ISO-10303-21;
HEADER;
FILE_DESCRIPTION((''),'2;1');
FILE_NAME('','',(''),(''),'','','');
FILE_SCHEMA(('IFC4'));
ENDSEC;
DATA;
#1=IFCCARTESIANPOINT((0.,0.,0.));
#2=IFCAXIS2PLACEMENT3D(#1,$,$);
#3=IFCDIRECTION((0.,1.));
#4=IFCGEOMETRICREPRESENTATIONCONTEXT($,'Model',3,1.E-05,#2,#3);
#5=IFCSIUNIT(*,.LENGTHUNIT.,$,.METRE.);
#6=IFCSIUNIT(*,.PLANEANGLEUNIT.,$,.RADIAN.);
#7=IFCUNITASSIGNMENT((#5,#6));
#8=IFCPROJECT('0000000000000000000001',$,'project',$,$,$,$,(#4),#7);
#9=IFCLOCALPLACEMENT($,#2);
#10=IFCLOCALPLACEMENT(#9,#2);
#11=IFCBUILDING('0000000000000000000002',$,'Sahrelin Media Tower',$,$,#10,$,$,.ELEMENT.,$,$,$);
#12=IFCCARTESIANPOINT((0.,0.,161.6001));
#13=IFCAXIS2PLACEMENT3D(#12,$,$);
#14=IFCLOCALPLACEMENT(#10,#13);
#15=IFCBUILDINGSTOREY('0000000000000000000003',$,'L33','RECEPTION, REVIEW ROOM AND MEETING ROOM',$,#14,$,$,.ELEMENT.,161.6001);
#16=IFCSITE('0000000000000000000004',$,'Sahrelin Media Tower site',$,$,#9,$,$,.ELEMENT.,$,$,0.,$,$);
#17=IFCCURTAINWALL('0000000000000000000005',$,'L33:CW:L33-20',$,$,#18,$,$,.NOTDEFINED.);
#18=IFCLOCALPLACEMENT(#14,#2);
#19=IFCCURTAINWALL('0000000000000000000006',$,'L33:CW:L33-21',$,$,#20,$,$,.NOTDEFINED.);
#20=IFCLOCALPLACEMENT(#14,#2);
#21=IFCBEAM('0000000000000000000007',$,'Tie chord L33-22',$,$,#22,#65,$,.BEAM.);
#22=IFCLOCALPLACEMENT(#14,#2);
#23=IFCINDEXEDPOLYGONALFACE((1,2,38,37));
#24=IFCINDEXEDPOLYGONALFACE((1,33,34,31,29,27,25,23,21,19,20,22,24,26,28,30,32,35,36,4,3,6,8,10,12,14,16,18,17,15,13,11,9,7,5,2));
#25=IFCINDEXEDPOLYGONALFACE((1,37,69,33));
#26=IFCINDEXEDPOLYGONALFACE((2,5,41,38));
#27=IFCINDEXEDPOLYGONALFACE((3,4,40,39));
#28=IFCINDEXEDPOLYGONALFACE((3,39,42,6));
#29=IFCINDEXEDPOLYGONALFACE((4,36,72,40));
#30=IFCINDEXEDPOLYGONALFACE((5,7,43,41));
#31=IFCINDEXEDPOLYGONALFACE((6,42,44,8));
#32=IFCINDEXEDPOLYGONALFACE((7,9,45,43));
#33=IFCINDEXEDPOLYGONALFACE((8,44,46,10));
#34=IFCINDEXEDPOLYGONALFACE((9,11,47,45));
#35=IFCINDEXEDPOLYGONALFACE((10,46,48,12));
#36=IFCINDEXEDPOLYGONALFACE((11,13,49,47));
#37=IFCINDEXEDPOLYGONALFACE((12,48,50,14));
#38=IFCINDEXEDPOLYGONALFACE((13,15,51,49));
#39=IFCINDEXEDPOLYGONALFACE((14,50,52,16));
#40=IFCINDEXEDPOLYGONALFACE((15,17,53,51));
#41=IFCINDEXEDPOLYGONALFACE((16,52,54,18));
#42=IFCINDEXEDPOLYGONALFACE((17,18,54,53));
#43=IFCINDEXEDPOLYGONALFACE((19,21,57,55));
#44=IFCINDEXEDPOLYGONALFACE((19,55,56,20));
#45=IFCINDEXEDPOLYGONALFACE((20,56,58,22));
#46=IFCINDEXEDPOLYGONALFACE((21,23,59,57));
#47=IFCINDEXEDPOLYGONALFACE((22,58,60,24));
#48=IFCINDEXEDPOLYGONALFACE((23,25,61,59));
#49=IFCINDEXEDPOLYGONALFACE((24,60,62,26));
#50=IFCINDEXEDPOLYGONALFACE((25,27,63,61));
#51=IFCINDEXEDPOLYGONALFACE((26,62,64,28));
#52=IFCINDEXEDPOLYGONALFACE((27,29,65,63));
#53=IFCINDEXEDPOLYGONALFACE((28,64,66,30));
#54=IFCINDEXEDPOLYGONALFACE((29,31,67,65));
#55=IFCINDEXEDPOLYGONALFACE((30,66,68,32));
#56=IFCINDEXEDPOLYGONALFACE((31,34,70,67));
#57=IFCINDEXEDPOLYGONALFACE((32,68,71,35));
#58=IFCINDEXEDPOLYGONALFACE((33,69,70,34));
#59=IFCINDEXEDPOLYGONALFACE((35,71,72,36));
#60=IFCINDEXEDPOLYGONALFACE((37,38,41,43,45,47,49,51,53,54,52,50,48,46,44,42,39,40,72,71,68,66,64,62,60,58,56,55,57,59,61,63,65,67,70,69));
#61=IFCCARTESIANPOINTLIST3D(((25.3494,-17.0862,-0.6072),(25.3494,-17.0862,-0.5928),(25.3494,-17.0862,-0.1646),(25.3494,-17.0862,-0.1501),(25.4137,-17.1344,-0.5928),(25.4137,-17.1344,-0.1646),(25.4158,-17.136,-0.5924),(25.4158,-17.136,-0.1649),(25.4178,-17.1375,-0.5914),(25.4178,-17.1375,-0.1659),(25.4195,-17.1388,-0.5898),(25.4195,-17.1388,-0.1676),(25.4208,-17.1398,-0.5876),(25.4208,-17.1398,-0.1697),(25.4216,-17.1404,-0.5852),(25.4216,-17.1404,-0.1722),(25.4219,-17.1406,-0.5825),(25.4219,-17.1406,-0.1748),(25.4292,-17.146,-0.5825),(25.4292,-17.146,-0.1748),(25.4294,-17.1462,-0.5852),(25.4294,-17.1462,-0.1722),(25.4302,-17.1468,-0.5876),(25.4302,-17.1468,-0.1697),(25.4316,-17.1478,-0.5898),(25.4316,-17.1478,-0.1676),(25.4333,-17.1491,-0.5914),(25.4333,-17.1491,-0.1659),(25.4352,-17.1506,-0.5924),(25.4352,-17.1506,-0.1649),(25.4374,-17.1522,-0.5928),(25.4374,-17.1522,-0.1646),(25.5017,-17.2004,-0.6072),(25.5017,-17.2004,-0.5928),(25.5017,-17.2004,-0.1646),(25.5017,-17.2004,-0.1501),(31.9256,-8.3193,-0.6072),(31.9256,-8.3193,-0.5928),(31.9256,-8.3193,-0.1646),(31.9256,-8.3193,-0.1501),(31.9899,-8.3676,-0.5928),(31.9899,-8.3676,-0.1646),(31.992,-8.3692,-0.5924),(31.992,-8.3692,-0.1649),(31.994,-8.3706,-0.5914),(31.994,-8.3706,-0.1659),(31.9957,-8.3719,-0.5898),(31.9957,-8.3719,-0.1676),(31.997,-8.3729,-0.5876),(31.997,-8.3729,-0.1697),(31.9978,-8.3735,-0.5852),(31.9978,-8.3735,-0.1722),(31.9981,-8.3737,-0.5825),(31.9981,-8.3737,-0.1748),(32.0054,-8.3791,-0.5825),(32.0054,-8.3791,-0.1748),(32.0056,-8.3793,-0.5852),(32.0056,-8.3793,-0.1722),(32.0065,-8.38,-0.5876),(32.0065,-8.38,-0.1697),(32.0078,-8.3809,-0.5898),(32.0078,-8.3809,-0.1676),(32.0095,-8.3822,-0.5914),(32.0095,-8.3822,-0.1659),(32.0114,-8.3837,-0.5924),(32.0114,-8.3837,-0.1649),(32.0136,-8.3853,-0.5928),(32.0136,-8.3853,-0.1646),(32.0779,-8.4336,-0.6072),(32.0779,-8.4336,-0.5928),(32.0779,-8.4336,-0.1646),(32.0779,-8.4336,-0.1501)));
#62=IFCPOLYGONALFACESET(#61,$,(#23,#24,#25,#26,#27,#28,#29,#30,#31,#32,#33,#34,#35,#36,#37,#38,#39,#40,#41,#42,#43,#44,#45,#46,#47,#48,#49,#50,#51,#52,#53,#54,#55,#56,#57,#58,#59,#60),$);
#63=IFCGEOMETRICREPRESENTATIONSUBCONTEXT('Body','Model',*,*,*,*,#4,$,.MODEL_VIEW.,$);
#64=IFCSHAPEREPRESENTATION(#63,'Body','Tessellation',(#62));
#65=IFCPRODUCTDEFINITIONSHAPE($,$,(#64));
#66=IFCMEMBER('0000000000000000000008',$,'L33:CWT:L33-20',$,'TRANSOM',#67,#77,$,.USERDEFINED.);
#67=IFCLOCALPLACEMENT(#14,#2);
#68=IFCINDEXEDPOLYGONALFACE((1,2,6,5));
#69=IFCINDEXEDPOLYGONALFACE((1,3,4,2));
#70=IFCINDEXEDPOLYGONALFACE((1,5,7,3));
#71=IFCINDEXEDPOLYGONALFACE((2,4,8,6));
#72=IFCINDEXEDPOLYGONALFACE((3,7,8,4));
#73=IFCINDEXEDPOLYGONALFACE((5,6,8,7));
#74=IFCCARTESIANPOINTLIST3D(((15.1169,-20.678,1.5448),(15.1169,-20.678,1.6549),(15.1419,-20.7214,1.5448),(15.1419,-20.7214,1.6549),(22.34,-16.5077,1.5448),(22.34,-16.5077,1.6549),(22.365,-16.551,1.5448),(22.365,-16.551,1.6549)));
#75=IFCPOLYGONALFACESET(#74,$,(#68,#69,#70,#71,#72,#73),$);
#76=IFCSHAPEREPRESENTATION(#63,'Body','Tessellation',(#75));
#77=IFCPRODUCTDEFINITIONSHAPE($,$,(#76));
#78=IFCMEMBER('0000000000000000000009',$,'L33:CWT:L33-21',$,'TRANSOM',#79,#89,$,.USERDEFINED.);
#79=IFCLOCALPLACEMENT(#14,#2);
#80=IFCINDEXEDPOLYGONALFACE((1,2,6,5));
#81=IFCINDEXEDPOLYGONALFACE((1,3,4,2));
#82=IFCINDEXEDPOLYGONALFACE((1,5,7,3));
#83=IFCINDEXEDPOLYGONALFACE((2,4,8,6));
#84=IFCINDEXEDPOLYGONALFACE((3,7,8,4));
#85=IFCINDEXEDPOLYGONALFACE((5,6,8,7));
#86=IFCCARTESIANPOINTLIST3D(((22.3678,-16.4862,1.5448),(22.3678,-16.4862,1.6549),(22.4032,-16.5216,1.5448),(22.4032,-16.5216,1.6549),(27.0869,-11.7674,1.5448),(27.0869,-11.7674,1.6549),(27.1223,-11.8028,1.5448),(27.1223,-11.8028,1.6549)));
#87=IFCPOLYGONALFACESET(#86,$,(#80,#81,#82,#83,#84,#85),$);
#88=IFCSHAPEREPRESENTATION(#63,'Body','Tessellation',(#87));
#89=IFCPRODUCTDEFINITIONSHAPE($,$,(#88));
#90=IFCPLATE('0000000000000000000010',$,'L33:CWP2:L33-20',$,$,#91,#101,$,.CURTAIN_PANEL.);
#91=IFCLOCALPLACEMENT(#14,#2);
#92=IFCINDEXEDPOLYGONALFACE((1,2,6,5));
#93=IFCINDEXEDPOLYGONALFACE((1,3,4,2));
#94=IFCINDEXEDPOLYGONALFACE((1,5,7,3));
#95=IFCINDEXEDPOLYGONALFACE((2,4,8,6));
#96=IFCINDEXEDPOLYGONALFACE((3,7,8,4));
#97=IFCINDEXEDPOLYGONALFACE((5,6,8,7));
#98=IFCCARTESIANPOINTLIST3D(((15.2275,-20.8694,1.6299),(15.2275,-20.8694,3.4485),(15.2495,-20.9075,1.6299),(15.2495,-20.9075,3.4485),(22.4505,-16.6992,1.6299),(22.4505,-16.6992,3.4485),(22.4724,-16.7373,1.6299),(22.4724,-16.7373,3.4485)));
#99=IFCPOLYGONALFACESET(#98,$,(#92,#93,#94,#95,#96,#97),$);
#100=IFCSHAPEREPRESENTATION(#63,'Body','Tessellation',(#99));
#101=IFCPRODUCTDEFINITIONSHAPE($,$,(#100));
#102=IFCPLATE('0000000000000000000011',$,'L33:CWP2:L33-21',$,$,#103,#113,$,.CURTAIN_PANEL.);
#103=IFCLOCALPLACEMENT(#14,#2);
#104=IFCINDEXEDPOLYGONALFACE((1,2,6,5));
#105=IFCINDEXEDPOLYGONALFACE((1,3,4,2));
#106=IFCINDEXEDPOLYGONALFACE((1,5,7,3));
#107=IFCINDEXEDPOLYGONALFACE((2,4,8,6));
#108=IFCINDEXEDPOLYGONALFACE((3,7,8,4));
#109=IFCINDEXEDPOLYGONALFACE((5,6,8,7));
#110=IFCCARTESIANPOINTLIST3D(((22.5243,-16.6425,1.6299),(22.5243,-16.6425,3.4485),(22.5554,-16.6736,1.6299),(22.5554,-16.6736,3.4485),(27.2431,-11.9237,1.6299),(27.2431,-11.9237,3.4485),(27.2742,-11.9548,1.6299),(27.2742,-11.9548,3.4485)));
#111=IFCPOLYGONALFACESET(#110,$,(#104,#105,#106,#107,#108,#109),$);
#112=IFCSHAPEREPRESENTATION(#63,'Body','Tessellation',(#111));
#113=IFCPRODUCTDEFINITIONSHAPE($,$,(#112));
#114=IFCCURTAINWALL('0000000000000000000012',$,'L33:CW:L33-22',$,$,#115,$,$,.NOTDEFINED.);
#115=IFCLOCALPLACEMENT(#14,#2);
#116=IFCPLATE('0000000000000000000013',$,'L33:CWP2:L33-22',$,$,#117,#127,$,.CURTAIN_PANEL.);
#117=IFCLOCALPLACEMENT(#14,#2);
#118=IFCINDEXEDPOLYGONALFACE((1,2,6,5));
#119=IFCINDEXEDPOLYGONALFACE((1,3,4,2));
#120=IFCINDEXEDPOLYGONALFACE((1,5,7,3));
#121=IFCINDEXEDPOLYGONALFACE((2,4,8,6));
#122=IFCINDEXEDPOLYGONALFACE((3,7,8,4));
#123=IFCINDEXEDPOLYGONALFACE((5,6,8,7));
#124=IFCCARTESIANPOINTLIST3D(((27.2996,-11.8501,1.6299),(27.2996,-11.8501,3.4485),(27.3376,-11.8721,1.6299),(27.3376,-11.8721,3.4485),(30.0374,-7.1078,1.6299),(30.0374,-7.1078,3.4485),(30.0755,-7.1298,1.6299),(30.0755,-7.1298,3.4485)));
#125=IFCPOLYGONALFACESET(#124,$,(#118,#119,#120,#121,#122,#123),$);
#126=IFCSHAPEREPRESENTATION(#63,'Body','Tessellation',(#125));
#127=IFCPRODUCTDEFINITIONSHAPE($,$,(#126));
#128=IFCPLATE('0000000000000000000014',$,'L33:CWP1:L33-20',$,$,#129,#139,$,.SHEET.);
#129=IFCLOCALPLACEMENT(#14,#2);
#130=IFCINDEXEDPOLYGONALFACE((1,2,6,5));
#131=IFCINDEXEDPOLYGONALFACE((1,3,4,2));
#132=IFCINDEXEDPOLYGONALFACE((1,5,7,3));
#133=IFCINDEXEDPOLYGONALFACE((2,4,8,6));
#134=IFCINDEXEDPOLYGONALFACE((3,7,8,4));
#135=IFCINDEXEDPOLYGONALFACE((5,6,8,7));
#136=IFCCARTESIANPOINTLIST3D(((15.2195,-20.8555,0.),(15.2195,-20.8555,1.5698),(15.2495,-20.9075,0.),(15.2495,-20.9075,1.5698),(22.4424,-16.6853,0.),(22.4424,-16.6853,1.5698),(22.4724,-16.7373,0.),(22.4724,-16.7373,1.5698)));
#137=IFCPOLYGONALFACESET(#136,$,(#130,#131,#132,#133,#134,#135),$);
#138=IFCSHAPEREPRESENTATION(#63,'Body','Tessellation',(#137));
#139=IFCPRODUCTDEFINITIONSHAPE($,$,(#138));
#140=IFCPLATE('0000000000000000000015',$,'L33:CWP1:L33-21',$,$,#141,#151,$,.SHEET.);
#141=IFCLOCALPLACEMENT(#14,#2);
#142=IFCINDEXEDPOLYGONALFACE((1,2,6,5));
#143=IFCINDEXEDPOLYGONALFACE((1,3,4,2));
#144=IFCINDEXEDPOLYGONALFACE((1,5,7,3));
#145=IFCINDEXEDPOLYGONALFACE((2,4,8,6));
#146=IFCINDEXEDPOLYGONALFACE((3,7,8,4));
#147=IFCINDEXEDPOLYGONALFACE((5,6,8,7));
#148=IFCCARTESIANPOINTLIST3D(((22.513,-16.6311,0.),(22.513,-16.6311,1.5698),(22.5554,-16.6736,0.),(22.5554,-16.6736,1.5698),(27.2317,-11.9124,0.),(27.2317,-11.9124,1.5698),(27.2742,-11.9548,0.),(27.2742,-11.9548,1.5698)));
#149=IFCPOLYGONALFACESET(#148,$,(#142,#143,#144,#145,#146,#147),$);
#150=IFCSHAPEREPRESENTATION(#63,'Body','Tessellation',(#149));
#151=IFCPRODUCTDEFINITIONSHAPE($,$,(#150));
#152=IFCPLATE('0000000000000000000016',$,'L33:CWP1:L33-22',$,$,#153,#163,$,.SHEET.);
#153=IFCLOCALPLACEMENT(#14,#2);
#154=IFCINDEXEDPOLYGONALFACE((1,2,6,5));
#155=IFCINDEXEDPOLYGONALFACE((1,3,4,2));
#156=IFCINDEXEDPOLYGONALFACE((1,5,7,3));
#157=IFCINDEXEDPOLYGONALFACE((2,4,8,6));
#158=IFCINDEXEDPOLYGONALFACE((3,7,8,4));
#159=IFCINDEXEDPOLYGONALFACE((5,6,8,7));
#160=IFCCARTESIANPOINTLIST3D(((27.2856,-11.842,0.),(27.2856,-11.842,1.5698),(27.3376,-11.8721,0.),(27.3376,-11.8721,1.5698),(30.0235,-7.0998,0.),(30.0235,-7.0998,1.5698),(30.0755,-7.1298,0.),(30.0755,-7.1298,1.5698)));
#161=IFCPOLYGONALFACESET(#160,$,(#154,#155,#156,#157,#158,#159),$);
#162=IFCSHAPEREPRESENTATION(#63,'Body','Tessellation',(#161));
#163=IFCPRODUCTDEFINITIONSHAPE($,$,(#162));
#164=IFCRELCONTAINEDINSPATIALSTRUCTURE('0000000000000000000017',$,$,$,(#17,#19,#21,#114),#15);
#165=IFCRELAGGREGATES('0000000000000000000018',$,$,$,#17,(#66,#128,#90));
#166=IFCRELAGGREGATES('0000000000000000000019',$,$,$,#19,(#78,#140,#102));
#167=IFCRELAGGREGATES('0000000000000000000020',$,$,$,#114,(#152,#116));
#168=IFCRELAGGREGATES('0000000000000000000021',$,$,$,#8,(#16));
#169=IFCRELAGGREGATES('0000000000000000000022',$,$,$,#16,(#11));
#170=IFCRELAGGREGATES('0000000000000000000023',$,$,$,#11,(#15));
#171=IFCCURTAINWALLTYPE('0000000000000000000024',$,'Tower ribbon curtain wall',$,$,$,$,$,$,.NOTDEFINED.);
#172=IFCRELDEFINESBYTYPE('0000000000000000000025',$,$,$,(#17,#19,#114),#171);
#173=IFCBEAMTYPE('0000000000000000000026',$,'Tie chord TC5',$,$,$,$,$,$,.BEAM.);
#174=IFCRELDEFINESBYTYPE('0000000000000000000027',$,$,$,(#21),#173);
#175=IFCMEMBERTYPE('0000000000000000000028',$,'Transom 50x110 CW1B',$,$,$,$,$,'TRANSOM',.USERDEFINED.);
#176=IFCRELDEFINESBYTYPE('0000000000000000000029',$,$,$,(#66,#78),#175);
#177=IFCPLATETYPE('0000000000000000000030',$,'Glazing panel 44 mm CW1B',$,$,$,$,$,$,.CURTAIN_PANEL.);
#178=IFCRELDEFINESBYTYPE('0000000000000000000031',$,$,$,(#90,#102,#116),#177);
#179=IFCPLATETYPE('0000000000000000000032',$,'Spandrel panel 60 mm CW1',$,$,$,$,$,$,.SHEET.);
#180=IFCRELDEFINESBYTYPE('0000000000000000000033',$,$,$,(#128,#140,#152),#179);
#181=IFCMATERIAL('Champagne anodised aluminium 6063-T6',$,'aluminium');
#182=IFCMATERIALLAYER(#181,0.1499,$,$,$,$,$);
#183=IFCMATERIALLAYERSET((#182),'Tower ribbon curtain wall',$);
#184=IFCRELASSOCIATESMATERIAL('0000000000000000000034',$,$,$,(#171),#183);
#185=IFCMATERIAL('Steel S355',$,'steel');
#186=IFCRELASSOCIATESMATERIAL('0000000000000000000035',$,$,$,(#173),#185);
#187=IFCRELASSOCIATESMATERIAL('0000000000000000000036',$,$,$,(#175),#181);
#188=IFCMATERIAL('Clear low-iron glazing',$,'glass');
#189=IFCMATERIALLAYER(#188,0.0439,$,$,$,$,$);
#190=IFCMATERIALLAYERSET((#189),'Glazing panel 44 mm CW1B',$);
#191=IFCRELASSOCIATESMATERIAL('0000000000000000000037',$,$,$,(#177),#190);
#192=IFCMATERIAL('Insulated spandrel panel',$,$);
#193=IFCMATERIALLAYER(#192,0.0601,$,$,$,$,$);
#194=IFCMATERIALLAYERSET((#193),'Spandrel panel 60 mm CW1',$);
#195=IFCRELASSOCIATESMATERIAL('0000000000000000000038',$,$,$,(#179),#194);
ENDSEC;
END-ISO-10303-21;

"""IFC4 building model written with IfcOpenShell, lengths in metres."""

from ifc_helpers import new_model, si_unit, direction, frame, origin, origin_2d, place, context, subcontext, project, spatial, polyline, rectangle, i_section, outline, extrude, material, layer, layer_set, material_profile, profile_set, type_object, element, aggregate, save


model = new_model("IFC4")

# Units and contexts
model_context = context("Model", 3, precision=1e-05, world=origin(), true_north=direction((0.0, 1.0)))
body_context = subcontext(model_context, "Body", "Model", "MODEL_VIEW")
ifc_project = project(units=[si_unit("LENGTHUNIT", "METRE"), si_unit("PLANEANGLEUNIT", "RADIAN")], contexts=[model_context])

# Site, building, storey
site_placement = place(None, origin())
site = spatial("IfcSite", under=ifc_project, at=site_placement, Name="Sahrelin Media Tower site", CompositionType="ELEMENT", RefElevation=0.0)
building_placement = place(site_placement, origin())
building = spatial("IfcBuilding", under=site, at=building_placement, Name="Sahrelin Media Tower", CompositionType="ELEMENT")
storey_placement = place(building_placement, frame((0.0, 0.0, 161.6001)))
storey = spatial("IfcBuildingStorey", under=building, at=storey_placement, Name="L33", Description="RECEPTION, REVIEW ROOM AND MEETING ROOM", CompositionType="ELEMENT", Elevation=161.6001)

# Shared definitions
ifc_material_1 = material(Name="Steel S355", Category="steel")

# Curtain walls
ifc_material_2 = material(Name="Champagne anodised aluminium 6063-T6", Category="aluminium")
ifc_layer_1 = layer(ifc_material_2, 0.1499)
ifc_layer_set_1 = layer_set([ifc_layer_1], Name="Tower ribbon curtain wall")
curtain_wall_type = type_object("IfcCurtainWallType", Name="Tower ribbon curtain wall", PredefinedType="NOTDEFINED", material=ifc_layer_set_1)
curtain_wall_1_placement = place(storey_placement, frame((18.8511, -18.8049, 0.0), z_axis=(0.0, 0.0, 1.0), x_axis=(1.0, 0.0, 0.0)))
curtain_wall_1 = element("IfcCurtainWall", 1, at=curtain_wall_1_placement, inside=storey, type_object=curtain_wall_type, Name="L33:CW:L33-20", PredefinedType="NOTDEFINED")
curtain_wall_2_placement = place(storey_placement, frame((24.9004, -14.3, 0.0), z_axis=(0.0, 0.0, 1.0), x_axis=(1.0, 0.0, 0.0)))
curtain_wall_2 = element("IfcCurtainWall", 2, at=curtain_wall_2_placement, inside=storey, type_object=curtain_wall_type, Name="L33:CW:L33-21", PredefinedType="NOTDEFINED")

# Beam
ifc_material_profile_1 = material_profile(ifc_material_1, i_section(OverallWidth=0.1904, OverallDepth=0.457, WebThickness=0.009, FlangeThickness=0.0144, FilletRadius=0.0103, at=origin_2d()), Name="UB 457x191x74")
ifc_profile_set_1 = profile_set([ifc_material_profile_1], Name="Steel S355")
beam_type_1 = type_object("IfcBeamType", Name="Tie chord TC5", PredefinedType="BEAM", material=ifc_profile_set_1)
beam_1_placement = place(storey_placement, frame((25.4255, -17.1433, -0.3787), z_axis=(0.600061, 0.799955, 0.0), x_axis=(-0.799955, 0.600061, 0.0)))
element("IfcBeam", 3, at=beam_1_placement, inside=storey, type_object=beam_type_1, Name="Tie chord L33-22", PredefinedType="BEAM", context=body_context, shape_type="SweptSolid", body=[
    extrude(i_section(OverallWidth=0.1904, OverallDepth=0.457, WebThickness=0.009, FlangeThickness=0.0144, FilletRadius=0.0103, at=origin_2d()), origin(), (0.0, 0.0, 1.0), 10.9592),
])

# Members
ifc_material_profile_2 = material_profile(ifc_material_2, rectangle(XDim=0.05, YDim=0.1101, at=origin_2d()), Name="Transom 50x110")
ifc_profile_set_2 = profile_set([ifc_material_profile_2], Name="Champagne anodised aluminium 6063-T6")
member_type_1 = type_object("IfcMemberType", Name="Transom 50x110 CW1B", ElementType="TRANSOM", PredefinedType="USERDEFINED", material=ifc_profile_set_2)
member_1_placement = place(storey_placement, frame((15.1294, -20.6997, 1.5999), z_axis=(0.866019, 0.500011, 0.0), x_axis=(-0.500011, 0.866019, 0.0)))
member_1 = element("IfcMember", 4, at=member_1_placement, type_object=member_type_1, Name="L33:CWT:L33-20", ObjectType="TRANSOM", PredefinedType="USERDEFINED", context=body_context, shape_type="SweptSolid", body=[
    extrude(rectangle(XDim=0.05, YDim=0.1101, at=origin_2d()), origin(), (0.0, 0.0, 1.0), 8.3406),
])
member_2_placement = place(storey_placement, frame((22.3855, -16.5039, 1.5999), z_axis=(0.707125, 0.707088, 0.0), x_axis=(-0.707088, 0.707125, 0.0)))
member_2 = element("IfcMember", 5, at=member_2_placement, type_object=member_type_1, Name="L33:CWT:L33-21", ObjectType="TRANSOM", PredefinedType="USERDEFINED", context=body_context, shape_type="SweptSolid", body=[
    extrude(rectangle(XDim=0.05, YDim=0.1101, at=origin_2d()), origin(), (0.0, 0.0, 1.0), 6.6736),
])

# Plates
ifc_material_3 = material(Name="Clear low-iron glazing", Category="glass")
ifc_layer_2 = layer(ifc_material_3, 0.0439)
ifc_layer_set_2 = layer_set([ifc_layer_2], Name="Glazing panel 44 mm CW1B")
plate_type_1 = type_object("IfcPlateType", Name="Glazing panel 44 mm CW1B", PredefinedType="CURTAIN_PANEL", material=ifc_layer_set_2)
plate_1_placement = place(storey_placement, frame((15.2495, -20.9075, 1.6299), z_axis=(0.500002, -0.866024, 0.0), x_axis=(0.866024, 0.500002, 0.0)))
plate_1 = element("IfcPlate", 6, at=plate_1_placement, type_object=plate_type_1, Name="L33:CWP2:L33-20", PredefinedType="CURTAIN_PANEL", context=body_context, shape_type="SweptSolid", body=[
    extrude(outline(polyline([(0.0, 0.0), (8.3403, 0.0), (8.3403, 1.8186), (0.0, 1.8186), (0.0, 0.0)])), origin(), (0.0, 0.0, -1.0), 0.0439),
])
plate_2_placement = place(storey_placement, frame((22.5554, -16.6736, 1.6299), z_axis=(0.707107, -0.707107, 0.0), x_axis=(0.707107, 0.707107, 0.0)))
plate_2 = element("IfcPlate", 7, at=plate_2_placement, type_object=plate_type_1, Name="L33:CWP2:L33-21", PredefinedType="CURTAIN_PANEL", context=body_context, shape_type="SweptSolid", body=[
    extrude(outline(polyline([(0.0, 0.0), (6.6733, 0.0), (6.6733, 1.8186), (0.0, 1.8186), (0.0, 0.0)])), origin(), (0.0, 0.0, -1.0), 0.0439),
])

# Curtain wall, plate
curtain_wall_3_placement = place(storey_placement, frame((28.6892, -9.491, 0.0), z_axis=(0.0, 0.0, 1.0), x_axis=(1.0, 0.0, 0.0)))
curtain_wall_3 = element("IfcCurtainWall", 8, at=curtain_wall_3_placement, inside=storey, type_object=curtain_wall_type, Name="L33:CW:L33-22", PredefinedType="NOTDEFINED")
plate_3_placement = place(storey_placement, frame((27.3376, -11.8721, 1.6299), z_axis=(0.866034, -0.499985, 0.0), x_axis=(0.499985, 0.866034, 0.0)))
plate_3 = element("IfcPlate", 9, at=plate_3_placement, type_object=plate_type_1, Name="L33:CWP2:L33-22", PredefinedType="CURTAIN_PANEL", context=body_context, shape_type="SweptSolid", body=[
    extrude(outline(polyline([(0.0, 0.0), (5.4758, 0.0), (5.4758, 1.8186), (0.0, 1.8186), (0.0, 0.0)])), origin(), (0.0, 0.0, -1.0), 0.0439),
])

# Plates
ifc_material_4 = material(Name="Insulated spandrel panel")
ifc_layer_3 = layer(ifc_material_4, 0.0601)
ifc_layer_set_3 = layer_set([ifc_layer_3], Name="Spandrel panel 60 mm CW1")
plate_type_2 = type_object("IfcPlateType", Name="Spandrel panel 60 mm CW1", PredefinedType="SHEET", material=ifc_layer_set_3)
plate_4_placement = place(storey_placement, frame((15.2495, -20.9075, 0.0), z_axis=(0.500002, -0.866024, 0.0), x_axis=(0.866024, 0.500002, 0.0)))
plate_4 = element("IfcPlate", 10, at=plate_4_placement, type_object=plate_type_2, Name="L33:CWP1:L33-20", PredefinedType="SHEET", context=body_context, shape_type="SweptSolid", body=[
    extrude(outline(polyline([(0.0, 0.0), (8.3403, 0.0), (8.3403, 1.5698), (0.0, 1.5698), (0.0, 0.0)])), origin(), (0.0, 0.0, -1.0), 0.0601),
])
aggregate(curtain_wall_1, [member_1, plate_4, plate_1])
plate_5_placement = place(storey_placement, frame((22.5554, -16.6736, 0.0), z_axis=(0.707107, -0.707107, 0.0), x_axis=(0.707107, 0.707107, 0.0)))
plate_5 = element("IfcPlate", 11, at=plate_5_placement, type_object=plate_type_2, Name="L33:CWP1:L33-21", PredefinedType="SHEET", context=body_context, shape_type="SweptSolid", body=[
    extrude(outline(polyline([(0.0, 0.0), (6.6733, 0.0), (6.6733, 1.5698), (0.0, 1.5698), (0.0, 0.0)])), origin(), (0.0, 0.0, -1.0), 0.0601),
])
aggregate(curtain_wall_2, [member_2, plate_5, plate_2])
plate_6_placement = place(storey_placement, frame((27.3376, -11.8721, 0.0), z_axis=(0.866034, -0.499985, 0.0), x_axis=(0.499985, 0.866034, 0.0)))
plate_6 = element("IfcPlate", 12, at=plate_6_placement, type_object=plate_type_2, Name="L33:CWP1:L33-22", PredefinedType="SHEET", context=body_context, shape_type="SweptSolid", body=[
    extrude(outline(polyline([(0.0, 0.0), (5.4758, 0.0), (5.4758, 1.5698), (0.0, 1.5698), (0.0, 0.0)])), origin(), (0.0, 0.0, -1.0), 0.0601),
])
aggregate(curtain_wall_3, [plate_6, plate_3])

save(model, "model.ifc")
